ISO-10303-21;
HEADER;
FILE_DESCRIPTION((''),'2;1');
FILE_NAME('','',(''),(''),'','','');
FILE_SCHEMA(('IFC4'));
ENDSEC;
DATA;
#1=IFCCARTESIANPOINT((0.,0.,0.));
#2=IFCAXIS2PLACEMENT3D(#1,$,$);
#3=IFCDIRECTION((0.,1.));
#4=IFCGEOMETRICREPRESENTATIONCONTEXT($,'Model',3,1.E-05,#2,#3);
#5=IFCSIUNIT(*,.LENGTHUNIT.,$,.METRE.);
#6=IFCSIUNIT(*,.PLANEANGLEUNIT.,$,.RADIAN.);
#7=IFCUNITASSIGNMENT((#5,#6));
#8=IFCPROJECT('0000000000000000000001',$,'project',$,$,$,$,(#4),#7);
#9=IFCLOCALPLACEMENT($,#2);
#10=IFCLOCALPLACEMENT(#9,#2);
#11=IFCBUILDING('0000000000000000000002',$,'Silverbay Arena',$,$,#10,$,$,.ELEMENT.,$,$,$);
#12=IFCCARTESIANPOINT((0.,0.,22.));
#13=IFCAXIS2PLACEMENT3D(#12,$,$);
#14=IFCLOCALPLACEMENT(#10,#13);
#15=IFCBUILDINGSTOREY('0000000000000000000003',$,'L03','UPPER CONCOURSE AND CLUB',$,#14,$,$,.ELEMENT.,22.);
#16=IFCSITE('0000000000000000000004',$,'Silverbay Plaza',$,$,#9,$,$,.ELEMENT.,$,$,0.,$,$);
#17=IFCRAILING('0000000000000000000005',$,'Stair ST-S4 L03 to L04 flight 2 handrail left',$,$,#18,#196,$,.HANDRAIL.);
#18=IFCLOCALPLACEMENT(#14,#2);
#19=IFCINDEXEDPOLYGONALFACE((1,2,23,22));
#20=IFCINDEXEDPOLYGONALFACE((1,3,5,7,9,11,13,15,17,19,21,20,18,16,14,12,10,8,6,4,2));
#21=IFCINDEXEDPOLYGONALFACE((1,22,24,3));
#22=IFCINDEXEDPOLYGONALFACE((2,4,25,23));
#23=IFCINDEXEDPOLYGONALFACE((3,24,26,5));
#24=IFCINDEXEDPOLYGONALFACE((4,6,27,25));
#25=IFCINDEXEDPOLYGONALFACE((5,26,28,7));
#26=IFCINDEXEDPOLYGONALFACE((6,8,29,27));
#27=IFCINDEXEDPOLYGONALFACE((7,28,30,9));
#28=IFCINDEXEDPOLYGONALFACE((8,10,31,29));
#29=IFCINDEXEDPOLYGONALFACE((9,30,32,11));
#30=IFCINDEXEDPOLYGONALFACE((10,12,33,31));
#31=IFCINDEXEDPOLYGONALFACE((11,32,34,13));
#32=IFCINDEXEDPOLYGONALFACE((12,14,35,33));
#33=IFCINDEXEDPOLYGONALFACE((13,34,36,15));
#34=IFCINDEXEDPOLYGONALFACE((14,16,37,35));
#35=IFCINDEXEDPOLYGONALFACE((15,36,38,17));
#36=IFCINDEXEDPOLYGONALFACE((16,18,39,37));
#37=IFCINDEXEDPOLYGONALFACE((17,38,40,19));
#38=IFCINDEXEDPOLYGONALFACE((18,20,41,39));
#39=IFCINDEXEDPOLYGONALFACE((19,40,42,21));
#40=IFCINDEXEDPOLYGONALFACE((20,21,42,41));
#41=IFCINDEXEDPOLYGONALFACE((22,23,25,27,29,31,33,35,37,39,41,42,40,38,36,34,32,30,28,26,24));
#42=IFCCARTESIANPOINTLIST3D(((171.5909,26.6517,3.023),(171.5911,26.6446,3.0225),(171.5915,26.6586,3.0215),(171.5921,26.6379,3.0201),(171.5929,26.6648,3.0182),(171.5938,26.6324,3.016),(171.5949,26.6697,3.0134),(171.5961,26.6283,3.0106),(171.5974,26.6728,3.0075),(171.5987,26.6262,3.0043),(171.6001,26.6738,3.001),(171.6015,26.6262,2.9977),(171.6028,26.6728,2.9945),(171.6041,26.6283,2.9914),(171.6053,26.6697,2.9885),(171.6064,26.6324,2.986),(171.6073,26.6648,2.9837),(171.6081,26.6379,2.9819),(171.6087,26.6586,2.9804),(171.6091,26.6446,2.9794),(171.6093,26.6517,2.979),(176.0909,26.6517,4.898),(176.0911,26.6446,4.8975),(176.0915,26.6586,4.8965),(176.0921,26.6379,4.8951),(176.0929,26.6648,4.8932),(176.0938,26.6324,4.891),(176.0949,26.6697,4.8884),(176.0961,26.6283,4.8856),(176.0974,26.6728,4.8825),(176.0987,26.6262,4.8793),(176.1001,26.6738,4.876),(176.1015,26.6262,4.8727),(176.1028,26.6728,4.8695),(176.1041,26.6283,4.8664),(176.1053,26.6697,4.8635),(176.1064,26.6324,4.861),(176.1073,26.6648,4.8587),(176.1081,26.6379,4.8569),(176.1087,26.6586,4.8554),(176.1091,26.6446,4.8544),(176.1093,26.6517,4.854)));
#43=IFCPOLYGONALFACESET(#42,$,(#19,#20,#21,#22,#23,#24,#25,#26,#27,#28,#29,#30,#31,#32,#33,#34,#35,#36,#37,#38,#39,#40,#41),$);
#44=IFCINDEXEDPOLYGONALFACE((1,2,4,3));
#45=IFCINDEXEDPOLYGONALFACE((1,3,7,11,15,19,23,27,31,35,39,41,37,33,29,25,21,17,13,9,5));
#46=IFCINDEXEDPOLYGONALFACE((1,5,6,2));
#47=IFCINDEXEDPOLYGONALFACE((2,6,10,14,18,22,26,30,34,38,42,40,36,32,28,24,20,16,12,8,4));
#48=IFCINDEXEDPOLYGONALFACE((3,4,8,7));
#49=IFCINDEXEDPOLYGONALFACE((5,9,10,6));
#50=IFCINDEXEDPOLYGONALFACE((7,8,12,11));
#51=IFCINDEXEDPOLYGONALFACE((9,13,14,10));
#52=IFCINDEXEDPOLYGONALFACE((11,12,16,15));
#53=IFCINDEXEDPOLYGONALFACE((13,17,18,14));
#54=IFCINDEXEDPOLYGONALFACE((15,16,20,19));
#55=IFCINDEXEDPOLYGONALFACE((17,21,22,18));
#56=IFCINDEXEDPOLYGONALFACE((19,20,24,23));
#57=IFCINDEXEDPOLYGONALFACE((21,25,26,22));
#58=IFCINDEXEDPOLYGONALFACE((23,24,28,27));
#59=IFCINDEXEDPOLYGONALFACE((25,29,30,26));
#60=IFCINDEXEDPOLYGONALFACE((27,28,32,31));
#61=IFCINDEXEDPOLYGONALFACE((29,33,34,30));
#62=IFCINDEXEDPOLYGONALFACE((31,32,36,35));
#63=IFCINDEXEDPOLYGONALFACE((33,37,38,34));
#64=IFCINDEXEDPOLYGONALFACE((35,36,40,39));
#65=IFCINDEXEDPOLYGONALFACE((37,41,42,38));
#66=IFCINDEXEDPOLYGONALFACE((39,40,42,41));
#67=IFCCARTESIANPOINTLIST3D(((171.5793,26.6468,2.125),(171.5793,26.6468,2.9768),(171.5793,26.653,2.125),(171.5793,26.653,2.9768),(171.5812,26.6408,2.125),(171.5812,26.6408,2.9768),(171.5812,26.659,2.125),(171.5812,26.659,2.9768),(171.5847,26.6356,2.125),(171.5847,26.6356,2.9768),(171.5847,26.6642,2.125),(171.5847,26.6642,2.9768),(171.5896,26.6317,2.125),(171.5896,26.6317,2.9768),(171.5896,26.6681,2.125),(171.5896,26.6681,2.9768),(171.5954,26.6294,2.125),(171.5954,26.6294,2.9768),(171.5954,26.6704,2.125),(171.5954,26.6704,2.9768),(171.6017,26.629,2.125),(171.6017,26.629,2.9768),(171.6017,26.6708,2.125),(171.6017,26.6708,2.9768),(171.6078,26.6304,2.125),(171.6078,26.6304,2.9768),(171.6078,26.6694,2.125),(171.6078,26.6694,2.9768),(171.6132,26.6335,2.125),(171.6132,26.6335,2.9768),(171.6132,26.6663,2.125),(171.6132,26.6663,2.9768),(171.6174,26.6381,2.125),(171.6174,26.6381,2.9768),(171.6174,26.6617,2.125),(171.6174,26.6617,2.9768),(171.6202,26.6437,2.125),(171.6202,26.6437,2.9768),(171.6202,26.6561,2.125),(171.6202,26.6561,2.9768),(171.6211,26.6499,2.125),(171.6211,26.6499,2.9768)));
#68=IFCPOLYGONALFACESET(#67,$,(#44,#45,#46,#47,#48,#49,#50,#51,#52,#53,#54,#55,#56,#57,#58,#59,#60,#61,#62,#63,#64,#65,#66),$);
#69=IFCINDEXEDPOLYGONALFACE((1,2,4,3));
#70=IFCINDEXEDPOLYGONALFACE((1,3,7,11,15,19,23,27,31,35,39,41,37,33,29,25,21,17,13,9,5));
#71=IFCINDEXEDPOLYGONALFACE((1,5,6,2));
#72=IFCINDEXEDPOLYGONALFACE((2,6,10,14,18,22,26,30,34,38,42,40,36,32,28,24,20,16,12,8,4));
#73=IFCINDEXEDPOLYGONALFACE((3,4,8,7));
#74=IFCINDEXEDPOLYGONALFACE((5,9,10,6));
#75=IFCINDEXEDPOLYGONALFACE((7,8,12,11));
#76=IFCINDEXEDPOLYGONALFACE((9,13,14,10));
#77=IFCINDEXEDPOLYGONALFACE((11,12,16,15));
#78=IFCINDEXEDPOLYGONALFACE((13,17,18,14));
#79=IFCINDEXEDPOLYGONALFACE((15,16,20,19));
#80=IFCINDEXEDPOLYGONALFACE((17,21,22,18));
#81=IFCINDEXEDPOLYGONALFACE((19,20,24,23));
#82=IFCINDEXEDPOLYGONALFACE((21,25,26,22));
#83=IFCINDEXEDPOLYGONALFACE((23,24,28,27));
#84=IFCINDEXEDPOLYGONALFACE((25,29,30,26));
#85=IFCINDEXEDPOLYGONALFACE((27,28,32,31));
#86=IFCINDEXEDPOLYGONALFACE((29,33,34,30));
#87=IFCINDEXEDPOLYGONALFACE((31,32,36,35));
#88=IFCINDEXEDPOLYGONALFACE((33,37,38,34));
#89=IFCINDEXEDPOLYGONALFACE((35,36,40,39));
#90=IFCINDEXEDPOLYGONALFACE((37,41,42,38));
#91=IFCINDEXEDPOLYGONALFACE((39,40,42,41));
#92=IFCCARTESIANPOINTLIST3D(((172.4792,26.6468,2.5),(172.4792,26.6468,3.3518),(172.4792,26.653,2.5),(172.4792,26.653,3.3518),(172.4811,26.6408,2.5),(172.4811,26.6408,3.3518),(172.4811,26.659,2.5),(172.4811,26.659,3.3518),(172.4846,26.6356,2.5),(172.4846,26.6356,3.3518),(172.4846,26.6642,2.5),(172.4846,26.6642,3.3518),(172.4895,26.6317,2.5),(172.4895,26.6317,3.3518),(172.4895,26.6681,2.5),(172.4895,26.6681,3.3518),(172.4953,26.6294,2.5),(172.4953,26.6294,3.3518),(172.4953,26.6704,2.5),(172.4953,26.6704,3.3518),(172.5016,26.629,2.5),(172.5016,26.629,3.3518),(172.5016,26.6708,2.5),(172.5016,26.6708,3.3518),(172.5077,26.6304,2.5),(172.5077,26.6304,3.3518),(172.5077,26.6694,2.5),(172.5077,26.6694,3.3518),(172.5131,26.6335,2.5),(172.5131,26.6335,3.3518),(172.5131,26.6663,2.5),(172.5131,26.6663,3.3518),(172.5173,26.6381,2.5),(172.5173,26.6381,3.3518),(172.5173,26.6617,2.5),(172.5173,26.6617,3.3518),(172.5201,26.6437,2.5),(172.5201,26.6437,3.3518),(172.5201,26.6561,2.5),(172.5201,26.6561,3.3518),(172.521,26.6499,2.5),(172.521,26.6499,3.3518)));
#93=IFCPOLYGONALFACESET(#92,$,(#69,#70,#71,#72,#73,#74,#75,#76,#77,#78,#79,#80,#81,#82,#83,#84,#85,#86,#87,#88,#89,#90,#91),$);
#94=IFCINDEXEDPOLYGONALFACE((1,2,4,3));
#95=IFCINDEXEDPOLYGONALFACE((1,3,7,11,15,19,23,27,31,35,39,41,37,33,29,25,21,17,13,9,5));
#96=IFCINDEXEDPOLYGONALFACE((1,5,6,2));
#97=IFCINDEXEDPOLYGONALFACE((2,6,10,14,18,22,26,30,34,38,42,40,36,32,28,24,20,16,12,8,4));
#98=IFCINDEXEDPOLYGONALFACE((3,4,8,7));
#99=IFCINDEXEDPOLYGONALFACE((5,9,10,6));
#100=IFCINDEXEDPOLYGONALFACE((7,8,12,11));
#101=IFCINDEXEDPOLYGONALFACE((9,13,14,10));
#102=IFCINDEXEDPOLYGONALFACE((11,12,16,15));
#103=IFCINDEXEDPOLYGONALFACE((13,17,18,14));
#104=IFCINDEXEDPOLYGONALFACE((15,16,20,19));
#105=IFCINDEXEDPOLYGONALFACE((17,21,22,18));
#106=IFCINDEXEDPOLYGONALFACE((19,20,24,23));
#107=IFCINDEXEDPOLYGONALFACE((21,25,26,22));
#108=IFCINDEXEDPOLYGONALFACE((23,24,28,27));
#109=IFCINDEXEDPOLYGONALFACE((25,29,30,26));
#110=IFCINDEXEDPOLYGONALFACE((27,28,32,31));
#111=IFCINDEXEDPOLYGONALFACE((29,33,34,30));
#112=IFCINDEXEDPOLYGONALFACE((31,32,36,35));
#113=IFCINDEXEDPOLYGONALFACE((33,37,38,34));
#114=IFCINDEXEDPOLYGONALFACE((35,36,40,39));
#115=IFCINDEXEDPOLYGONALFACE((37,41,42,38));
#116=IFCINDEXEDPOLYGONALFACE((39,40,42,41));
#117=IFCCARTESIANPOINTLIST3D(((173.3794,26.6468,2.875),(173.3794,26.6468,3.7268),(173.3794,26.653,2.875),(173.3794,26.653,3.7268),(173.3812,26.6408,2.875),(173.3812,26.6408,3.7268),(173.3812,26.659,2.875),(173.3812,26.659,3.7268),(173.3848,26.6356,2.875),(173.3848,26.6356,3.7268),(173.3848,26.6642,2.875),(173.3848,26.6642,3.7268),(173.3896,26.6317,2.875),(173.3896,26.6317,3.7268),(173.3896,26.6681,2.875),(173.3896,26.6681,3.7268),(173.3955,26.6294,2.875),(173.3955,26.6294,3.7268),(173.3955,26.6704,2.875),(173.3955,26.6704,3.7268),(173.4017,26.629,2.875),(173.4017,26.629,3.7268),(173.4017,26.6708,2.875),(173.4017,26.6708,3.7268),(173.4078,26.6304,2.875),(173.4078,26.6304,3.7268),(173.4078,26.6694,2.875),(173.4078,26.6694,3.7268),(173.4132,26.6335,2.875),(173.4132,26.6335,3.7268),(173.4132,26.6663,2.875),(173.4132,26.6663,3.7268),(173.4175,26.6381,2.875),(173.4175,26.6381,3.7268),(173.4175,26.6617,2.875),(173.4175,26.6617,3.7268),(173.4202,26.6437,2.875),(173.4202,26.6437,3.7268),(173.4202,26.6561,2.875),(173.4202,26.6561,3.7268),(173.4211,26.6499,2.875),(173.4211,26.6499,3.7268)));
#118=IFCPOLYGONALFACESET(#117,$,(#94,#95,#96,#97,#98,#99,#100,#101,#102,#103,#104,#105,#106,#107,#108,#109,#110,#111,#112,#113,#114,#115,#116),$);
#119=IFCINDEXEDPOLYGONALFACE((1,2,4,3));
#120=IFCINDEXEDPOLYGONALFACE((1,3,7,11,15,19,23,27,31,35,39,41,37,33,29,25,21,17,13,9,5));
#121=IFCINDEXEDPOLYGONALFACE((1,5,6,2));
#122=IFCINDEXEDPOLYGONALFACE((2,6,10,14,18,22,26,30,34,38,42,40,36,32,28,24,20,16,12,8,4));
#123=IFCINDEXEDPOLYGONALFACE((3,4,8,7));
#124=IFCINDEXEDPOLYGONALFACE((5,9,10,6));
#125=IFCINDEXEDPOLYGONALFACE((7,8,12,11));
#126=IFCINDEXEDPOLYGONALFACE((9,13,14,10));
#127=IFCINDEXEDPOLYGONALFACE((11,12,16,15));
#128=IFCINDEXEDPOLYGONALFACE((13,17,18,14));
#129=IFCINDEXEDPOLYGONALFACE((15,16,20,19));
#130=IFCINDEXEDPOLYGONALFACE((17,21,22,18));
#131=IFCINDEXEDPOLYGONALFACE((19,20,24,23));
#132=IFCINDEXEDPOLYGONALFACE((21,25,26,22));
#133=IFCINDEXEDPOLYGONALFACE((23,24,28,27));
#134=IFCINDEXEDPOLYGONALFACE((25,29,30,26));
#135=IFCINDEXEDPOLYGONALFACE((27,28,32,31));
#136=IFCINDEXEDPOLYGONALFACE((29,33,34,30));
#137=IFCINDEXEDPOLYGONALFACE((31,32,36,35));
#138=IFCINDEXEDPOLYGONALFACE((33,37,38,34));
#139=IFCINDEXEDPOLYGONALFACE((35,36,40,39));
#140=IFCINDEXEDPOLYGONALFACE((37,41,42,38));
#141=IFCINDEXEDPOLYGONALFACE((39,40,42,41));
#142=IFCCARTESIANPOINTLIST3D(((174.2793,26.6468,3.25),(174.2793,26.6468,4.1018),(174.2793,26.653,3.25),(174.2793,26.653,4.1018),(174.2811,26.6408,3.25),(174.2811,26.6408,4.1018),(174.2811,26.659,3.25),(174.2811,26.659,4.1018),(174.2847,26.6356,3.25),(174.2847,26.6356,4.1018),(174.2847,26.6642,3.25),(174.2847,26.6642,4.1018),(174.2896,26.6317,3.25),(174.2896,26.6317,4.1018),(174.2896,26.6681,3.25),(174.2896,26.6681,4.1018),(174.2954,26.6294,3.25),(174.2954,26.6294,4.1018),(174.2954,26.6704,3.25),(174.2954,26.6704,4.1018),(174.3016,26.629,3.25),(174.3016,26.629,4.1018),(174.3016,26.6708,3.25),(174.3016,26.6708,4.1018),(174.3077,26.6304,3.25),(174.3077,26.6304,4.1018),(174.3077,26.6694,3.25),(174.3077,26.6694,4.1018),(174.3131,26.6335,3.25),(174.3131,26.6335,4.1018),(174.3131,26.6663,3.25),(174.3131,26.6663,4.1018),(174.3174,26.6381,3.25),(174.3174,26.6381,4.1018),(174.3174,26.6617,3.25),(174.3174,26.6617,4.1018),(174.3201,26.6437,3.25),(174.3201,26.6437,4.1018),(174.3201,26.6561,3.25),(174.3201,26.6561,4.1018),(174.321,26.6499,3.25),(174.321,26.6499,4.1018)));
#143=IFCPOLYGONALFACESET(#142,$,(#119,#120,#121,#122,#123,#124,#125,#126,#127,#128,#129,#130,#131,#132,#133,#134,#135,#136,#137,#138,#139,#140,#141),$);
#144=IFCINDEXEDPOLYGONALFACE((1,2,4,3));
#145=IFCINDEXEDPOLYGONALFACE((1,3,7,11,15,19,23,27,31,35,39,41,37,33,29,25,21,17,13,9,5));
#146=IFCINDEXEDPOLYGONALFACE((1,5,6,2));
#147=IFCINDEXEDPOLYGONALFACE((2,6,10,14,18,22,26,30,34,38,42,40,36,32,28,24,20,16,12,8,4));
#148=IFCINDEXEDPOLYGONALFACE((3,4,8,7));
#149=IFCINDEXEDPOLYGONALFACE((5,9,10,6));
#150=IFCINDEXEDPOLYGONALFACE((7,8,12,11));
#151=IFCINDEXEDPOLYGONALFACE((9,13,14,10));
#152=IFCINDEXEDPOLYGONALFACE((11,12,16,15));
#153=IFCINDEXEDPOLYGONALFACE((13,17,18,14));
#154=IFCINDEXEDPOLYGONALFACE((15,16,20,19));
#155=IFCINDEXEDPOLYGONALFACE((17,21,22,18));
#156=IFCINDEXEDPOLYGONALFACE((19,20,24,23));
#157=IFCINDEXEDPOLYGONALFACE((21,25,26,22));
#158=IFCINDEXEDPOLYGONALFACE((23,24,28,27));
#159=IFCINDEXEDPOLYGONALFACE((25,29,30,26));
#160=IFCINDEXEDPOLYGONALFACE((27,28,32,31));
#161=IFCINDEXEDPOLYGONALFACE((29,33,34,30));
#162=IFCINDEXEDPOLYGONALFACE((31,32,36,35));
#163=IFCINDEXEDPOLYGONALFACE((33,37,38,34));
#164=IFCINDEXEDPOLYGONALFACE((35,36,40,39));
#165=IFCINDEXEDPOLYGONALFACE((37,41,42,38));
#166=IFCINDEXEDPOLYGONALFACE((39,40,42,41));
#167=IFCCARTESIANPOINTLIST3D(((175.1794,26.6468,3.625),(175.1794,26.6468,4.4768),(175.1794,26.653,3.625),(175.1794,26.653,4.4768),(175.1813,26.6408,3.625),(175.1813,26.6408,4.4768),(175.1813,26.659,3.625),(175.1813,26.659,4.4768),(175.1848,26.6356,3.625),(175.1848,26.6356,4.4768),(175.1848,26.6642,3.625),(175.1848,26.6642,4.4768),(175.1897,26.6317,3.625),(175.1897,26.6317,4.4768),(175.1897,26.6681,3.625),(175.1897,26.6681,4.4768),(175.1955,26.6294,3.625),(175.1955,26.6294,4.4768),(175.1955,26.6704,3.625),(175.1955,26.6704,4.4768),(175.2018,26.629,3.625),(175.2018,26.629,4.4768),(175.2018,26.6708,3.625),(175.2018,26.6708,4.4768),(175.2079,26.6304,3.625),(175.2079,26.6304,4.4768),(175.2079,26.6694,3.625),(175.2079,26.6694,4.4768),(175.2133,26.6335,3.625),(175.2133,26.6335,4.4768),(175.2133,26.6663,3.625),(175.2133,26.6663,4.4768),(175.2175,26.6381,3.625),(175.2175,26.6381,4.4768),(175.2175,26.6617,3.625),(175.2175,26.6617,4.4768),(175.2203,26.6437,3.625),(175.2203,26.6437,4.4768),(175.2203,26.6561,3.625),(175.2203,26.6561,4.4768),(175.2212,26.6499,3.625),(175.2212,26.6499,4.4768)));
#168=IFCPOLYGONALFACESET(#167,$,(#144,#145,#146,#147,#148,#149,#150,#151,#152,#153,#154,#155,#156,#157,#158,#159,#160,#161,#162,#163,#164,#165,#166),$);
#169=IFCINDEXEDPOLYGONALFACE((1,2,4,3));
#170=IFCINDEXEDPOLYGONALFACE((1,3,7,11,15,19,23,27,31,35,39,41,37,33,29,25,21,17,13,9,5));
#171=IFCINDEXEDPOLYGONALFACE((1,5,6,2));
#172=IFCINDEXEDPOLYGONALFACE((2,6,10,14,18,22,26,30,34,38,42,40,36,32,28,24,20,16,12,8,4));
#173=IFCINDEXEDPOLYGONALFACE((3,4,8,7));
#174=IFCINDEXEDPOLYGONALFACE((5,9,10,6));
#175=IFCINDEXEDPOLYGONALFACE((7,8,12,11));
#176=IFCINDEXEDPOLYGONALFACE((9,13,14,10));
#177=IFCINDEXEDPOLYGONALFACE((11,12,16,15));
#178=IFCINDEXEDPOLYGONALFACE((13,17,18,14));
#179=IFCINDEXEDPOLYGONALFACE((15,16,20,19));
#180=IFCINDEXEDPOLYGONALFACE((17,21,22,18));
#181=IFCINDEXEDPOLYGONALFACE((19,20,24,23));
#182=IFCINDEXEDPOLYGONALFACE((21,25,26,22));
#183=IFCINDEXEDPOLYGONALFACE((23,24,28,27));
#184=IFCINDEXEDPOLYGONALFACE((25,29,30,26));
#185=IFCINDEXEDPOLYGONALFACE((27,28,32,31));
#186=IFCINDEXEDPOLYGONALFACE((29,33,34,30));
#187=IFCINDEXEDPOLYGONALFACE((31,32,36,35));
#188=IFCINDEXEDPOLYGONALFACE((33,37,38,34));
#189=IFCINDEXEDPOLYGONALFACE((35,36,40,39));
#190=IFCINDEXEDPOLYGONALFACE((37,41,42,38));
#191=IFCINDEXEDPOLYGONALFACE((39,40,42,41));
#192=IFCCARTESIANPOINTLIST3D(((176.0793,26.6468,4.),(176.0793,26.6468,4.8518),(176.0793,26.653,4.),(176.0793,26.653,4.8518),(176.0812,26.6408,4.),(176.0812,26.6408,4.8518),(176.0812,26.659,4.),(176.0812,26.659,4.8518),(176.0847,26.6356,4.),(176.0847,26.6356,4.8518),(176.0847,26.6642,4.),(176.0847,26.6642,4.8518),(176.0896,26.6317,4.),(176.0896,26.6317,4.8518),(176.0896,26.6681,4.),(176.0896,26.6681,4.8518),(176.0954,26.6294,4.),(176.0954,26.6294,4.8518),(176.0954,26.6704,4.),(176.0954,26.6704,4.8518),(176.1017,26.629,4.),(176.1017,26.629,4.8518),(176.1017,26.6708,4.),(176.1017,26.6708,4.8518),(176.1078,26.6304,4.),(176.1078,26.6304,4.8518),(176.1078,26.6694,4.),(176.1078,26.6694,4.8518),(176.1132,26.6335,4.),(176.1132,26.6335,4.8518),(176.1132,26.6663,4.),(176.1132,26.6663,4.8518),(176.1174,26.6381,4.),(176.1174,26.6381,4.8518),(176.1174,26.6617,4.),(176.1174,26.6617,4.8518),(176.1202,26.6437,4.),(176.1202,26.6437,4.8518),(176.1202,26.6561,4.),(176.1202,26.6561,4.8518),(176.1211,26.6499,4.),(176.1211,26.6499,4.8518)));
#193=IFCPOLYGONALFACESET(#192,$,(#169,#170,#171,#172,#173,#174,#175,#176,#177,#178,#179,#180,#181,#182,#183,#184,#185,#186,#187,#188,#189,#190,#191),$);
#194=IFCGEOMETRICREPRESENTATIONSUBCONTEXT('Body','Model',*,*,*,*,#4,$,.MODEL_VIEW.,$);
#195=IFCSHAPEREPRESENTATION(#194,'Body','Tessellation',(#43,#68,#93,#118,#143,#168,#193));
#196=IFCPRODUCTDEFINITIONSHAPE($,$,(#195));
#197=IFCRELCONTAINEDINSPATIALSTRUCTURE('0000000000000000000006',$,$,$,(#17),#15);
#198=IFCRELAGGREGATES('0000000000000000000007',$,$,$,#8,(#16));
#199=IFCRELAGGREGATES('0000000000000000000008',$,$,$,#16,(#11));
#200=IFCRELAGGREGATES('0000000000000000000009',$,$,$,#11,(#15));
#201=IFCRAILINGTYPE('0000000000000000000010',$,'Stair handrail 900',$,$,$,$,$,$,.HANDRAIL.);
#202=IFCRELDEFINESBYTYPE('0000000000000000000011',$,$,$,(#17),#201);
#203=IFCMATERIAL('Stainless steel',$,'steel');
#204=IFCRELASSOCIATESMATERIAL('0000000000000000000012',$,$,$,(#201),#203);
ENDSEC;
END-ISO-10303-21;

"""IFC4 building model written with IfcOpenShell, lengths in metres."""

from ifc_helpers import new_model, si_unit, direction, frame, origin, origin_2d, place, context, subcontext, project, spatial, circle, extrude, material, type_object, element, save


model = new_model("IFC4")

# Units and contexts
model_context = context("Model", 3, precision=1e-05, world=origin(), true_north=direction((0.0, 1.0)))
body_context = subcontext(model_context, "Body", "Model", "MODEL_VIEW")
ifc_project = project(units=[si_unit("LENGTHUNIT", "METRE"), si_unit("PLANEANGLEUNIT", "RADIAN")], contexts=[model_context])

# Site, building, storey
site_placement = place(None, origin())
site = spatial("IfcSite", under=ifc_project, at=site_placement, Name="Silverbay Plaza", CompositionType="ELEMENT", RefElevation=0.0)
building_placement = place(site_placement, origin())
building = spatial("IfcBuilding", under=site, at=building_placement, Name="Silverbay Arena", CompositionType="ELEMENT")
storey_placement = place(building_placement, frame((0.0, 0.0, 22.0)))
storey = spatial("IfcBuildingStorey", under=building, at=storey_placement, Name="L03", Description="UPPER CONCOURSE AND CLUB", CompositionType="ELEMENT", Elevation=22.0)

# Railing
ifc_material_1 = material(Name="Stainless steel", Category="steel")
railing_type_1 = type_object("IfcRailingType", Name="Stair handrail 900", PredefinedType="HANDRAIL", material=ifc_material_1)
for number, where, name in (
    (1, (171.6001, 26.6499, 2.125), "Stair ST-S4 L03 to L04 flight 2 handrail left"),
):
    element("IfcRailing", number, at=place(storey_placement, frame(where)), inside=storey, type_object=railing_type_1, Name=name, PredefinedType="HANDRAIL", context=body_context, shape_type="SweptSolid", body=[
        extrude(circle(Radius=0.0239, at=origin_2d()), frame((0.0, 0.0, 0.876), z_axis=(0.923077, 0.0, 0.384615), x_axis=(0.0, 1.0, 0.0)), (0.0, 0.0, 1.0), 4.875),
        extrude(circle(Radius=0.021, at=origin_2d()), origin(), (0.0, 0.0, 1.0), 0.8518),
        extrude(circle(Radius=0.021, at=origin_2d()), frame((0.8999, 0.0, 0.375)), (0.0, 0.0, 1.0), 0.8518),
        extrude(circle(Radius=0.021, at=origin_2d()), frame((1.8, 0.0, 0.75)), (0.0, 0.0, 1.0), 0.8518),
        extrude(circle(Radius=0.021, at=origin_2d()), frame((2.7, 0.0, 1.125)), (0.0, 0.0, 1.0), 0.8518),
        extrude(circle(Radius=0.021, at=origin_2d()), frame((3.6001, 0.0, 1.5)), (0.0, 0.0, 1.0), 0.8518),
        extrude(circle(Radius=0.021, at=origin_2d()), frame((4.5, 0.0, 1.875)), (0.0, 0.0, 1.0), 0.8518),
    ])

save(model, "model.ifc")
